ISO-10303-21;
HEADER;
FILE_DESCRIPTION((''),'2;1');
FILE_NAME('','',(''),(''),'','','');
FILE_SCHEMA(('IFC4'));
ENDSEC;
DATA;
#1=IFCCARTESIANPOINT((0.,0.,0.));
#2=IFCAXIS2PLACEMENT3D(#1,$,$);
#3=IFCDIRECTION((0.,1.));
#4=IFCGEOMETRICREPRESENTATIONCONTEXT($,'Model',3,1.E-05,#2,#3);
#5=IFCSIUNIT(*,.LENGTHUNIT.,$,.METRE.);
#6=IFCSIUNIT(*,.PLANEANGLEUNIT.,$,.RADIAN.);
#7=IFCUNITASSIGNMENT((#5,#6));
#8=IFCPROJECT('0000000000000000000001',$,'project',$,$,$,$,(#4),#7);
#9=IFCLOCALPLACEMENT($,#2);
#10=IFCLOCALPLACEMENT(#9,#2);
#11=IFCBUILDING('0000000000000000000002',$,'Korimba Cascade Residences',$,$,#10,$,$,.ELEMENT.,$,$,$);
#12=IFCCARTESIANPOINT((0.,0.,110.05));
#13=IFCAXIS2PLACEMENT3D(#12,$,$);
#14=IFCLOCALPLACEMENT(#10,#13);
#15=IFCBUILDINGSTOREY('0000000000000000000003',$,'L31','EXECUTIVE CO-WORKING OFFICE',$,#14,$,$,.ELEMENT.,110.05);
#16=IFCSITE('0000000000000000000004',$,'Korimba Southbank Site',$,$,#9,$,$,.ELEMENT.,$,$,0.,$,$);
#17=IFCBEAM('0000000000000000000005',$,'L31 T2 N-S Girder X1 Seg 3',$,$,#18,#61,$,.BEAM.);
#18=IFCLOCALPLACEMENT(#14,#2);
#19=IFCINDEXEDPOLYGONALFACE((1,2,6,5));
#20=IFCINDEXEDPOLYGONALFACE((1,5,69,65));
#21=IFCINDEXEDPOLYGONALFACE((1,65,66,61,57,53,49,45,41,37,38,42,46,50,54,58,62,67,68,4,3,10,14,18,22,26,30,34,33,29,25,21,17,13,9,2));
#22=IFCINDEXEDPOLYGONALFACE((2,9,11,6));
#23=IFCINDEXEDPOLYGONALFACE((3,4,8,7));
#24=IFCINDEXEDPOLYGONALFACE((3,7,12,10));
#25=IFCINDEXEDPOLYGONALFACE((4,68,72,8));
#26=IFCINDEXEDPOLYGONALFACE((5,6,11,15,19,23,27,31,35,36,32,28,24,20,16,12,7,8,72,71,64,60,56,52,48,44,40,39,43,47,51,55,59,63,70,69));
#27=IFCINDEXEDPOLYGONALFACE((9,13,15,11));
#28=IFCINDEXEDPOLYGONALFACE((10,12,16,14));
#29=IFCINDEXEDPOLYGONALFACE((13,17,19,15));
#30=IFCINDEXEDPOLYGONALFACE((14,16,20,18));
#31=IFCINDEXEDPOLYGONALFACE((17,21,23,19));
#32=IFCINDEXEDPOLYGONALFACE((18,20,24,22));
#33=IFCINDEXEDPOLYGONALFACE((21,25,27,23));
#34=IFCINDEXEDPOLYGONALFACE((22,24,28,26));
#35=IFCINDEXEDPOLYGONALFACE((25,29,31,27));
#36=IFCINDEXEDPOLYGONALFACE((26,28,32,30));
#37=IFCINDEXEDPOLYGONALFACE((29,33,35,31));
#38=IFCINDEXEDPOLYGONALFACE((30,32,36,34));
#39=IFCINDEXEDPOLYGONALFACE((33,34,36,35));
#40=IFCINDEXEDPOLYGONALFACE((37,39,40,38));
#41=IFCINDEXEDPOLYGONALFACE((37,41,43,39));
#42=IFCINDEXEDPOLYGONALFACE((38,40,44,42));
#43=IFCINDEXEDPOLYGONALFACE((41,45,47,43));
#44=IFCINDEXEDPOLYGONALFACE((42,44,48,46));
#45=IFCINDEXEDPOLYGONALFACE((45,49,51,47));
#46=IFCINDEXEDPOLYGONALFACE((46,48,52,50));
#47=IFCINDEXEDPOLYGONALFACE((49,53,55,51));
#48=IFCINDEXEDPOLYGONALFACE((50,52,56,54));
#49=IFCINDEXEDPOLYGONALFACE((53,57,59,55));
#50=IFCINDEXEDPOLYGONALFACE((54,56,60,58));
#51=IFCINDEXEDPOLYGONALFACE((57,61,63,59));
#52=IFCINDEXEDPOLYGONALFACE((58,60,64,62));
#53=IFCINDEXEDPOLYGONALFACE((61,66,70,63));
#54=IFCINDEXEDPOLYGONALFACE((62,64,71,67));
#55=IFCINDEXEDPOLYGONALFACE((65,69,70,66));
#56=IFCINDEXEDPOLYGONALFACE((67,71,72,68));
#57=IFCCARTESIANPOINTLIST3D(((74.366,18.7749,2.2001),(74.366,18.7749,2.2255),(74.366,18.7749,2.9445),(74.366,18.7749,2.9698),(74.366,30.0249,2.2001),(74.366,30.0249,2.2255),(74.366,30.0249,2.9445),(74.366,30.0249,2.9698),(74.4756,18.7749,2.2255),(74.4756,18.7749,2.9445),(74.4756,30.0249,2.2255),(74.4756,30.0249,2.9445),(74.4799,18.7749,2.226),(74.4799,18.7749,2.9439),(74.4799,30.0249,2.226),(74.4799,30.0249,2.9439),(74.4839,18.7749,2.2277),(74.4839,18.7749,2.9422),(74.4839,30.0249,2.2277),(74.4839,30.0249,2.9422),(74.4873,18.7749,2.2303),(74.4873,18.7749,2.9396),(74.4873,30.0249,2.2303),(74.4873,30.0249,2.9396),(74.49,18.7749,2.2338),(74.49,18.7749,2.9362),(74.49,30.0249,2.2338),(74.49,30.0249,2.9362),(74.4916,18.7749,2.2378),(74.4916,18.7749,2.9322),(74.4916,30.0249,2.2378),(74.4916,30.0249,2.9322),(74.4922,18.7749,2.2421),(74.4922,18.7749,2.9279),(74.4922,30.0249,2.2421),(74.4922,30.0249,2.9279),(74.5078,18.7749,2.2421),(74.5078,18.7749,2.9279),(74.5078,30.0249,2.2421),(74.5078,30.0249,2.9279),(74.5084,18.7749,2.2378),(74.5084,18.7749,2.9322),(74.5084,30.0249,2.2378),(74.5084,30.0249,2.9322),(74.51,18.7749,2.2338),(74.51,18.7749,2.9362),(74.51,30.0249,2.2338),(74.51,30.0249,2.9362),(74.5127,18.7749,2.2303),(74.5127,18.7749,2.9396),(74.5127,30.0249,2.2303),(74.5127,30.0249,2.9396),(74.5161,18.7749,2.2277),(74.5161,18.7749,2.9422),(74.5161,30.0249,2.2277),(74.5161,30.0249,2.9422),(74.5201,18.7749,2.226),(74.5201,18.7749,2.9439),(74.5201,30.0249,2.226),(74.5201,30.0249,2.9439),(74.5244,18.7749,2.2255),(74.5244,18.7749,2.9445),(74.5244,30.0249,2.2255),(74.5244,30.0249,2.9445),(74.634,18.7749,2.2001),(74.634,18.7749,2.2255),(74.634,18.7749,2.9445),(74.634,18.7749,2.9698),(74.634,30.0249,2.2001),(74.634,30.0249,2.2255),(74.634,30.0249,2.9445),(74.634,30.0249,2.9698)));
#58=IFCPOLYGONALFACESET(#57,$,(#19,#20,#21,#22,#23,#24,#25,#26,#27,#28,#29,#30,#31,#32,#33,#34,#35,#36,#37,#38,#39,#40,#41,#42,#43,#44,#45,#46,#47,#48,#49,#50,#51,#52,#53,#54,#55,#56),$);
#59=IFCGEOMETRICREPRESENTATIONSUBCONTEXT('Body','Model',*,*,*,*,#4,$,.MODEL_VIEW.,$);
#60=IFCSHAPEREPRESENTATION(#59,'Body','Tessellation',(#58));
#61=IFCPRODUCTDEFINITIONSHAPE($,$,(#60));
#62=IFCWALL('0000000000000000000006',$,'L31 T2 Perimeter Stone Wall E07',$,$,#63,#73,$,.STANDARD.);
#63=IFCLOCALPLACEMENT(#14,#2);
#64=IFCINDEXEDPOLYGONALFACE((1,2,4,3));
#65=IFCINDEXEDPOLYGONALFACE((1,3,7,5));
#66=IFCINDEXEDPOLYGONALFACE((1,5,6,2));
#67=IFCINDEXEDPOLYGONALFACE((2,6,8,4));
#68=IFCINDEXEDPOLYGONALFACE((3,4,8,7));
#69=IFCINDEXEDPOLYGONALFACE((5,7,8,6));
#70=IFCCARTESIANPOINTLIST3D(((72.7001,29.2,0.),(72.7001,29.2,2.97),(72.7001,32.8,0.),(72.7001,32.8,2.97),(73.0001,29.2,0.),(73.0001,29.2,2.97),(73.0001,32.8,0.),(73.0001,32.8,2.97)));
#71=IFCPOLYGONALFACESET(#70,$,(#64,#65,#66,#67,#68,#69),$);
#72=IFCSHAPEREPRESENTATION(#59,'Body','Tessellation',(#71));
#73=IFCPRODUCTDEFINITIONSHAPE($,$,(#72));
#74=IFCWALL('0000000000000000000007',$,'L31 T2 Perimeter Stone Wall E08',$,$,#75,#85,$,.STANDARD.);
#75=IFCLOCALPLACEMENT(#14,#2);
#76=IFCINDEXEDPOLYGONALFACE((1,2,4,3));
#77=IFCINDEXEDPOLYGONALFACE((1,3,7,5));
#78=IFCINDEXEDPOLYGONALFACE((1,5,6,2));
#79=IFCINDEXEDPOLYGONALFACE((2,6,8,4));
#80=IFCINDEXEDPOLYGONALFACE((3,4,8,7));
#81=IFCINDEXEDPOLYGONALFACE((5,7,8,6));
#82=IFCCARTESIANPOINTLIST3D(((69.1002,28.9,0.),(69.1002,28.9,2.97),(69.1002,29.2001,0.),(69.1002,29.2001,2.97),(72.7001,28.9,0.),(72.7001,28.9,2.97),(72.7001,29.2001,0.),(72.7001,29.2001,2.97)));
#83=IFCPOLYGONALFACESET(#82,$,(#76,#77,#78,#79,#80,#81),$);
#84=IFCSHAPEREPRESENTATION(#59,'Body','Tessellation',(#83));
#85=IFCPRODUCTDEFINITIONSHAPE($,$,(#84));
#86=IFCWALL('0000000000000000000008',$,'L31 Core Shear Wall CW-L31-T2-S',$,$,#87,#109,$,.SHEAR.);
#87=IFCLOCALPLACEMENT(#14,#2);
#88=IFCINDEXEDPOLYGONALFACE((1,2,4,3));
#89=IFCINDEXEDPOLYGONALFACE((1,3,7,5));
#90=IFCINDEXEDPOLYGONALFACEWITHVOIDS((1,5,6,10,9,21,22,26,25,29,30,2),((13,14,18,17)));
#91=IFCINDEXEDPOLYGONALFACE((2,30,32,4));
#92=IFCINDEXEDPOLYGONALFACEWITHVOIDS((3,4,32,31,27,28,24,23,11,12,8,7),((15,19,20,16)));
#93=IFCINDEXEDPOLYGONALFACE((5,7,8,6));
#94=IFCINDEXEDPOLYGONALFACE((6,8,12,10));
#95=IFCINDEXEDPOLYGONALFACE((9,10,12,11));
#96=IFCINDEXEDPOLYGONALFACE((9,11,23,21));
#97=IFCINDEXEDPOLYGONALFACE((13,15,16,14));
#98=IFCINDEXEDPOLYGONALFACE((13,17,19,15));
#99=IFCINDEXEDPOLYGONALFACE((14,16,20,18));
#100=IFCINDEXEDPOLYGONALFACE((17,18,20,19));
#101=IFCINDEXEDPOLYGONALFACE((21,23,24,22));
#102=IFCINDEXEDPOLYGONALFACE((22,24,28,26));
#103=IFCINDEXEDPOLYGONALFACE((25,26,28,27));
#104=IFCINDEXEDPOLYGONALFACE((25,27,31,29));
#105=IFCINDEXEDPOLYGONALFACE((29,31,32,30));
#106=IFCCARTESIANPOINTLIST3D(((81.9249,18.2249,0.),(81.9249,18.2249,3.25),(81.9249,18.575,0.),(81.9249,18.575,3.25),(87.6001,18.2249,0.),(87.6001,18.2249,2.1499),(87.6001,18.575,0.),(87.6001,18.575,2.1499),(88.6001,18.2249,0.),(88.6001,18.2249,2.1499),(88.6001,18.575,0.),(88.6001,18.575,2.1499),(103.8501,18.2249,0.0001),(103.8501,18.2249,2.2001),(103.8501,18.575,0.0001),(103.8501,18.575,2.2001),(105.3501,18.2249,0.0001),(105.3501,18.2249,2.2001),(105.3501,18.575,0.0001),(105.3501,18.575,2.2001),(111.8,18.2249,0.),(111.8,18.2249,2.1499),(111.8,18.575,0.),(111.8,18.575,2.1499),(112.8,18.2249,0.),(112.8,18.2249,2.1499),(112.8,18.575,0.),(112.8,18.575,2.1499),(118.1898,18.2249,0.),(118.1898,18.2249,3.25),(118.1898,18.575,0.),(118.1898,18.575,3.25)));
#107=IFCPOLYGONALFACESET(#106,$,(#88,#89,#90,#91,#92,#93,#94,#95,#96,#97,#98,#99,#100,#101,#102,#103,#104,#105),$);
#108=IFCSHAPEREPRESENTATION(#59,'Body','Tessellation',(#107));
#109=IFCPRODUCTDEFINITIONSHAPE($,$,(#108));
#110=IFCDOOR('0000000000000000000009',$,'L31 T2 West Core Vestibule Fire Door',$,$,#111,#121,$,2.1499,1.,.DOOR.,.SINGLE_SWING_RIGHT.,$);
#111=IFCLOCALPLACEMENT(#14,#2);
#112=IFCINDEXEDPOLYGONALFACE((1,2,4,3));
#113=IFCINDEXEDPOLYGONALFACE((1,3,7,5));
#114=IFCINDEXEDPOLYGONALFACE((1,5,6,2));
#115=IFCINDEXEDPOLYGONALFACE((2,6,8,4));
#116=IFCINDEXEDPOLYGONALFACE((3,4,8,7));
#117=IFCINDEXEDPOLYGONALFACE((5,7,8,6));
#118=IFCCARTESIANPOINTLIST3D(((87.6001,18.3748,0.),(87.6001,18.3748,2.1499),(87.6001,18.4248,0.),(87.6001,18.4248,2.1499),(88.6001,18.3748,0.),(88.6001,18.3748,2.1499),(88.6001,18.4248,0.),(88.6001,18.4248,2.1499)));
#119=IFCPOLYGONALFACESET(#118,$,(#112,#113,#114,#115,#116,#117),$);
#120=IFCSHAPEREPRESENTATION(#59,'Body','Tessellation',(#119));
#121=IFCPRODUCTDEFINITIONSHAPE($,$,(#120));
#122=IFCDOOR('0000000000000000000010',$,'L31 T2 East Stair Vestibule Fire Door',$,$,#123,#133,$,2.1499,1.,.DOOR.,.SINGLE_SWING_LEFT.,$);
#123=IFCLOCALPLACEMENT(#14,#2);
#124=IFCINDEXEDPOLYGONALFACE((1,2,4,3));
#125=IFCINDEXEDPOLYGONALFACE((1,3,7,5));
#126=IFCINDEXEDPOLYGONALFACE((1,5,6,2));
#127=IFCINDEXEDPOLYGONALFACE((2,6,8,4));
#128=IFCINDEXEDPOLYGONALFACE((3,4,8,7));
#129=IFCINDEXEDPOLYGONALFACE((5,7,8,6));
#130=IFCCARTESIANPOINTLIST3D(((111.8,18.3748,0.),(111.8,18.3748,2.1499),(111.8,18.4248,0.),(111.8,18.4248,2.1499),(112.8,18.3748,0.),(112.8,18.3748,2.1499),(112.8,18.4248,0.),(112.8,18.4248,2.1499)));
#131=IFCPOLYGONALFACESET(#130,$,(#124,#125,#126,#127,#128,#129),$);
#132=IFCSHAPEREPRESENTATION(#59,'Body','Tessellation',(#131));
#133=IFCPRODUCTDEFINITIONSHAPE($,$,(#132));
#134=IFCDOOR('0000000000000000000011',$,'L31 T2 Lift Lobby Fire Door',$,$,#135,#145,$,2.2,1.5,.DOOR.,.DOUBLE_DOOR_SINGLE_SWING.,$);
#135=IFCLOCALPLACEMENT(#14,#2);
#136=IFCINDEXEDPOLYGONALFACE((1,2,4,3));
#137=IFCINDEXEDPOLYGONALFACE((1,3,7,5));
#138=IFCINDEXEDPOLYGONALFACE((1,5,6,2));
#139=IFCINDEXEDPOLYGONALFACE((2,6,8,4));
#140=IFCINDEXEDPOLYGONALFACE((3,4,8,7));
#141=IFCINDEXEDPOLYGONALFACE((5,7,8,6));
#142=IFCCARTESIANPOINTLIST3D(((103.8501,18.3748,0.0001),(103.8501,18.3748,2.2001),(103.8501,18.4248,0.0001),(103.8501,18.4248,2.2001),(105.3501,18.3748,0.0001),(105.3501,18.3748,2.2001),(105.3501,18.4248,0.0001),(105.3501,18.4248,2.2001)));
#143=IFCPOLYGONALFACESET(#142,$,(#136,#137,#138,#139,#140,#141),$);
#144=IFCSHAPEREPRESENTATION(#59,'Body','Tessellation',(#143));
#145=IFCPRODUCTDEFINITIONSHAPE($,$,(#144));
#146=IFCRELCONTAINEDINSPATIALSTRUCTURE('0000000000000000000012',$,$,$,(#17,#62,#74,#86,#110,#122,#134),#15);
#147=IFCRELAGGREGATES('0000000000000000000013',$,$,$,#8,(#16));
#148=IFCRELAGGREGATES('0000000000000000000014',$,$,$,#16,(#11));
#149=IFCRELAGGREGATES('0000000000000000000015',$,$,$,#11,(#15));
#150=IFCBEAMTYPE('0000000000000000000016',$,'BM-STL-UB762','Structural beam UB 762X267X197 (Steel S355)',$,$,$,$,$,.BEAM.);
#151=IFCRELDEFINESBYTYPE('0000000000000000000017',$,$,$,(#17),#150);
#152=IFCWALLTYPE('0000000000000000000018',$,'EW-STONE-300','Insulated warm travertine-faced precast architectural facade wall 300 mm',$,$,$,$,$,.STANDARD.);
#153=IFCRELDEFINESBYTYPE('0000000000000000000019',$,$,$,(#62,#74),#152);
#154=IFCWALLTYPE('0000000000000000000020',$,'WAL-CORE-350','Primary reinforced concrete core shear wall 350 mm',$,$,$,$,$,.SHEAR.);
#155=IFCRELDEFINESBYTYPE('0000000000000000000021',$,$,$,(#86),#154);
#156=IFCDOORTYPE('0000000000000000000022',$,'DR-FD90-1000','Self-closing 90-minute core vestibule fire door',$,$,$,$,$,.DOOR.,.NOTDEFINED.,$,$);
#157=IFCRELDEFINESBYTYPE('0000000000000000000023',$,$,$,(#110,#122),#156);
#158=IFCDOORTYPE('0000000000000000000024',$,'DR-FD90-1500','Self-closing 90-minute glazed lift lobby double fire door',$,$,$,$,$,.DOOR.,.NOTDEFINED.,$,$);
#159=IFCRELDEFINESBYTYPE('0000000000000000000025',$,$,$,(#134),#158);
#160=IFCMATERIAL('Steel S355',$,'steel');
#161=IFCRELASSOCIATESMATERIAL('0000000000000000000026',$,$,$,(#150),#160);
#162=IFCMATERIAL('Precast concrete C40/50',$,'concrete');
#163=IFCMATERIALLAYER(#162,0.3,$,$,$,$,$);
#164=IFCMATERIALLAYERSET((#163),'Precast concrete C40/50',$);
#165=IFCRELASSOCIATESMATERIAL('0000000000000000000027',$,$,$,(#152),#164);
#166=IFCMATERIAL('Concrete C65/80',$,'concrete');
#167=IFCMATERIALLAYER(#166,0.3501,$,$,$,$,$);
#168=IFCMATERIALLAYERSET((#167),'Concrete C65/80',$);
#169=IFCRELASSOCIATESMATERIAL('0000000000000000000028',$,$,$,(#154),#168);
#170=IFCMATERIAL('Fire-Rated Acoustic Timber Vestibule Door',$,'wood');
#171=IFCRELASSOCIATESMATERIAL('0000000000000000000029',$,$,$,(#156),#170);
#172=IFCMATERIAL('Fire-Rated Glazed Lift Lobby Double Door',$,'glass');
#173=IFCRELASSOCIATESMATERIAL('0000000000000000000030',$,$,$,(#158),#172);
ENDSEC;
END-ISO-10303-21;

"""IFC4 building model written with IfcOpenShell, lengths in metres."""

from ifc_helpers import new_model, si_unit, direction, frame, frame_2d, origin, origin_2d, place, context, subcontext, project, spatial, rectangle, i_section, extrude, material, layer, layer_set, material_profile, profile_set, type_object, element, fill, save


model = new_model("IFC4")

# Units and contexts
model_context = context("Model", 3, precision=1e-05, world=origin(), true_north=direction((0.0, 1.0)))
body_context = subcontext(model_context, "Body", "Model", "MODEL_VIEW")
ifc_project = project(units=[si_unit("LENGTHUNIT", "METRE"), si_unit("PLANEANGLEUNIT", "RADIAN")], contexts=[model_context])

# Site, building, storey
site_placement = place(None, origin())
site = spatial("IfcSite", under=ifc_project, at=site_placement, Name="Korimba Southbank Site", CompositionType="ELEMENT", RefElevation=0.0)
building_placement = place(site_placement, origin())
building = spatial("IfcBuilding", under=site, at=building_placement, Name="Korimba Cascade Residences", CompositionType="ELEMENT")
storey_placement = place(building_placement, frame((0.0, 0.0, 110.05)))
storey = spatial("IfcBuildingStorey", under=building, at=storey_placement, Name="L31", Description="EXECUTIVE CO-WORKING OFFICE", CompositionType="ELEMENT", Elevation=110.05)

# Shared definitions
ifc_material_1 = material(Name="Concrete C65/80", Category="concrete")

# Beam
ifc_material_2 = material(Name="Steel S355", Category="steel")
ifc_material_profile_1 = material_profile(ifc_material_2, i_section(OverallWidth=0.2681, OverallDepth=0.7698, WebThickness=0.0156, FlangeThickness=0.0254, FilletRadius=0.0166, at=origin_2d()), Name="Steel S355")
ifc_profile_set_1 = profile_set([ifc_material_profile_1], Name="Steel S355")
beam_type_1 = type_object("IfcBeamType", Name="BM-STL-UB762", Description="Structural beam UB 762X267X197 (Steel S355)", PredefinedType="BEAM", material=ifc_profile_set_1)
beam_1_placement = place(storey_placement, frame((74.5, 18.7749, 2.585), z_axis=(0.0, 1.0, 0.0), x_axis=(-1.0, 0.0, 0.0)))
element("IfcBeam", 1, at=beam_1_placement, inside=storey, type_object=beam_type_1, Name="L31 T2 N-S Girder X1 Seg 3", PredefinedType="BEAM", context=body_context, shape_type="SweptSolid", body=[
    extrude(i_section(OverallWidth=0.2681, OverallDepth=0.7698, WebThickness=0.0156, FlangeThickness=0.0254, FilletRadius=0.0166, at=origin_2d()), origin(), (0.0, 0.0, 1.0), 11.25),
])

# Walls
ifc_material_3 = material(Name="Precast concrete C40/50", Category="concrete")
ifc_layer_1 = layer(ifc_material_3, 0.3)
ifc_layer_set_1 = layer_set([ifc_layer_1], Name="Precast concrete C40/50")
wall_type_1 = type_object("IfcWallType", Name="EW-STONE-300", Description="Insulated warm travertine-faced precast architectural facade wall 300 mm", PredefinedType="STANDARD", material=ifc_layer_set_1)
wall_1_placement = place(storey_placement, frame((72.8501, 32.8, 0.0), z_axis=(0.0, 0.0, 1.0), x_axis=(0.0, -1.0, 0.0)))
element("IfcWall", 2, at=wall_1_placement, inside=storey, type_object=wall_type_1, Name="L31 T2 Perimeter Stone Wall E07", PredefinedType="STANDARD", context=body_context, shape_type="SweptSolid", body=[
    extrude(rectangle(XDim=3.6001, YDim=0.3, at=frame_2d((1.8, 0.0))), origin(), (0.0, 0.0, 1.0), 2.97),
])
wall_2_placement = place(storey_placement, frame((72.7, 29.05, 0.0), z_axis=(0.0, 0.0, 1.0), x_axis=(-1.0, 0.0, 0.0)))
element("IfcWall", 3, at=wall_2_placement, inside=storey, type_object=wall_type_1, Name="L31 T2 Perimeter Stone Wall E08", PredefinedType="STANDARD", context=body_context, shape_type="SweptSolid", body=[
    extrude(rectangle(XDim=3.5999, YDim=0.3, at=frame_2d((1.7998, 0.0))), origin(), (0.0, 0.0, 1.0), 2.97),
])

# Wall, openings, doors
ifc_layer_2 = layer(ifc_material_1, 0.3501)
ifc_layer_set_2 = layer_set([ifc_layer_2], Name="Concrete C65/80")
wall_type_2 = type_object("IfcWallType", Name="WAL-CORE-350", Description="Primary reinforced concrete core shear wall 350 mm", PredefinedType="SHEAR", material=ifc_layer_set_2)
wall_3_placement = place(storey_placement, frame((81.925, 18.3999, 0.0), z_axis=(0.0, 0.0, 1.0), x_axis=(1.0, 0.0, 0.0)))
wall_3 = element("IfcWall", 4, at=wall_3_placement, inside=storey, type_object=wall_type_2, Name="L31 Core Shear Wall CW-L31-T2-S", PredefinedType="SHEAR", context=body_context, shape_type="SweptSolid", body=[
    extrude(rectangle(XDim=36.2649, YDim=0.3501, at=frame_2d((18.1323, 0.0))), origin(), (0.0, 0.0, 1.0), 3.25),
])
opening_1_placement = place(wall_3_placement, frame((5.675, 0.0, 0.0)))
opening_1 = element("IfcOpeningElement", 5, at=opening_1_placement, cuts=wall_3, PredefinedType="OPENING", context=body_context, shape_type="SweptSolid", body=[
    extrude(rectangle(XDim=1.0, YDim=2.1499, at=frame_2d((0.5, 1.075))), frame((0.0, 0.1851, 0.0), z_axis=(0.0, -1.0, 0.0), x_axis=(1.0, 0.0, 0.0)), (0.0, 0.0, 1.0), 0.3701),
])
opening_2_placement = place(wall_3_placement, frame((21.925, 0.0, 0.0)))
opening_2 = element("IfcOpeningElement", 6, at=opening_2_placement, cuts=wall_3, PredefinedType="OPENING", context=body_context, shape_type="SweptSolid", body=[
    extrude(rectangle(XDim=1.5, YDim=2.2, at=frame_2d((0.75, 1.1001))), frame((0.0, 0.1851, 0.0), z_axis=(0.0, -1.0, 0.0), x_axis=(1.0, 0.0, 0.0)), (0.0, 0.0, 1.0), 0.3701),
])
opening_3_placement = place(wall_3_placement, frame((29.875, 0.0, 0.0)))
opening_3 = element("IfcOpeningElement", 7, at=opening_3_placement, cuts=wall_3, PredefinedType="OPENING", context=body_context, shape_type="SweptSolid", body=[
    extrude(rectangle(XDim=1.0, YDim=2.1499, at=frame_2d((0.5, 1.075))), frame((0.0, 0.1851, 0.0), z_axis=(0.0, -1.0, 0.0), x_axis=(1.0, 0.0, 0.0)), (0.0, 0.0, 1.0), 0.3701),
])
ifc_material_4 = material(Name="Fire-Rated Acoustic Timber Vestibule Door", Category="wood")
door_type_1 = type_object("IfcDoorType", Name="DR-FD90-1000", Description="Self-closing 90-minute core vestibule fire door", OperationType="NOTDEFINED", PredefinedType="DOOR", material=ifc_material_4)
door_1_placement = place(opening_1_placement, origin())
door_1 = element("IfcDoor", 8, at=door_1_placement, inside=storey, type_object=door_type_1, Name="L31 T2 West Core Vestibule Fire Door", OperationType="SINGLE_SWING_RIGHT", OverallHeight=2.1499, OverallWidth=1.0, PredefinedType="DOOR", context=body_context, shape_type="SweptSolid", body=[
    extrude(rectangle(XDim=1.0, YDim=2.1499, at=frame_2d((0.5, 1.075))), frame((0.0, 0.0249, 0.0), z_axis=(0.0, -1.0, 0.0), x_axis=(1.0, 0.0, 0.0)), (0.0, 0.0, 1.0), 0.05),
])
fill(opening_1, door_1)
door_2_placement = place(opening_3_placement, origin())
door_2 = element("IfcDoor", 9, at=door_2_placement, inside=storey, type_object=door_type_1, Name="L31 T2 East Stair Vestibule Fire Door", OperationType="SINGLE_SWING_LEFT", OverallHeight=2.1499, OverallWidth=1.0, PredefinedType="DOOR", context=body_context, shape_type="SweptSolid", body=[
    extrude(rectangle(XDim=1.0, YDim=2.1499, at=frame_2d((0.5, 1.075))), frame((0.0, 0.0249, 0.0), z_axis=(0.0, -1.0, 0.0), x_axis=(1.0, 0.0, 0.0)), (0.0, 0.0, 1.0), 0.05),
])
fill(opening_3, door_2)
ifc_material_5 = material(Name="Fire-Rated Glazed Lift Lobby Double Door", Category="glass")
door_type_2 = type_object("IfcDoorType", Name="DR-FD90-1500", Description="Self-closing 90-minute glazed lift lobby double fire door", OperationType="NOTDEFINED", PredefinedType="DOOR", material=ifc_material_5)
door_3_placement = place(opening_2_placement, origin())
door_3 = element("IfcDoor", 10, at=door_3_placement, inside=storey, type_object=door_type_2, Name="L31 T2 Lift Lobby Fire Door", OperationType="DOUBLE_DOOR_SINGLE_SWING", OverallHeight=2.2, OverallWidth=1.5, PredefinedType="DOOR", context=body_context, shape_type="SweptSolid", body=[
    extrude(rectangle(XDim=1.5, YDim=2.2, at=frame_2d((0.75, 1.1001))), frame((0.0, 0.0249, 0.0), z_axis=(0.0, -1.0, 0.0), x_axis=(1.0, 0.0, 0.0)), (0.0, 0.0, 1.0), 0.05),
])
fill(opening_2, door_3)

save(model, "model.ifc")
